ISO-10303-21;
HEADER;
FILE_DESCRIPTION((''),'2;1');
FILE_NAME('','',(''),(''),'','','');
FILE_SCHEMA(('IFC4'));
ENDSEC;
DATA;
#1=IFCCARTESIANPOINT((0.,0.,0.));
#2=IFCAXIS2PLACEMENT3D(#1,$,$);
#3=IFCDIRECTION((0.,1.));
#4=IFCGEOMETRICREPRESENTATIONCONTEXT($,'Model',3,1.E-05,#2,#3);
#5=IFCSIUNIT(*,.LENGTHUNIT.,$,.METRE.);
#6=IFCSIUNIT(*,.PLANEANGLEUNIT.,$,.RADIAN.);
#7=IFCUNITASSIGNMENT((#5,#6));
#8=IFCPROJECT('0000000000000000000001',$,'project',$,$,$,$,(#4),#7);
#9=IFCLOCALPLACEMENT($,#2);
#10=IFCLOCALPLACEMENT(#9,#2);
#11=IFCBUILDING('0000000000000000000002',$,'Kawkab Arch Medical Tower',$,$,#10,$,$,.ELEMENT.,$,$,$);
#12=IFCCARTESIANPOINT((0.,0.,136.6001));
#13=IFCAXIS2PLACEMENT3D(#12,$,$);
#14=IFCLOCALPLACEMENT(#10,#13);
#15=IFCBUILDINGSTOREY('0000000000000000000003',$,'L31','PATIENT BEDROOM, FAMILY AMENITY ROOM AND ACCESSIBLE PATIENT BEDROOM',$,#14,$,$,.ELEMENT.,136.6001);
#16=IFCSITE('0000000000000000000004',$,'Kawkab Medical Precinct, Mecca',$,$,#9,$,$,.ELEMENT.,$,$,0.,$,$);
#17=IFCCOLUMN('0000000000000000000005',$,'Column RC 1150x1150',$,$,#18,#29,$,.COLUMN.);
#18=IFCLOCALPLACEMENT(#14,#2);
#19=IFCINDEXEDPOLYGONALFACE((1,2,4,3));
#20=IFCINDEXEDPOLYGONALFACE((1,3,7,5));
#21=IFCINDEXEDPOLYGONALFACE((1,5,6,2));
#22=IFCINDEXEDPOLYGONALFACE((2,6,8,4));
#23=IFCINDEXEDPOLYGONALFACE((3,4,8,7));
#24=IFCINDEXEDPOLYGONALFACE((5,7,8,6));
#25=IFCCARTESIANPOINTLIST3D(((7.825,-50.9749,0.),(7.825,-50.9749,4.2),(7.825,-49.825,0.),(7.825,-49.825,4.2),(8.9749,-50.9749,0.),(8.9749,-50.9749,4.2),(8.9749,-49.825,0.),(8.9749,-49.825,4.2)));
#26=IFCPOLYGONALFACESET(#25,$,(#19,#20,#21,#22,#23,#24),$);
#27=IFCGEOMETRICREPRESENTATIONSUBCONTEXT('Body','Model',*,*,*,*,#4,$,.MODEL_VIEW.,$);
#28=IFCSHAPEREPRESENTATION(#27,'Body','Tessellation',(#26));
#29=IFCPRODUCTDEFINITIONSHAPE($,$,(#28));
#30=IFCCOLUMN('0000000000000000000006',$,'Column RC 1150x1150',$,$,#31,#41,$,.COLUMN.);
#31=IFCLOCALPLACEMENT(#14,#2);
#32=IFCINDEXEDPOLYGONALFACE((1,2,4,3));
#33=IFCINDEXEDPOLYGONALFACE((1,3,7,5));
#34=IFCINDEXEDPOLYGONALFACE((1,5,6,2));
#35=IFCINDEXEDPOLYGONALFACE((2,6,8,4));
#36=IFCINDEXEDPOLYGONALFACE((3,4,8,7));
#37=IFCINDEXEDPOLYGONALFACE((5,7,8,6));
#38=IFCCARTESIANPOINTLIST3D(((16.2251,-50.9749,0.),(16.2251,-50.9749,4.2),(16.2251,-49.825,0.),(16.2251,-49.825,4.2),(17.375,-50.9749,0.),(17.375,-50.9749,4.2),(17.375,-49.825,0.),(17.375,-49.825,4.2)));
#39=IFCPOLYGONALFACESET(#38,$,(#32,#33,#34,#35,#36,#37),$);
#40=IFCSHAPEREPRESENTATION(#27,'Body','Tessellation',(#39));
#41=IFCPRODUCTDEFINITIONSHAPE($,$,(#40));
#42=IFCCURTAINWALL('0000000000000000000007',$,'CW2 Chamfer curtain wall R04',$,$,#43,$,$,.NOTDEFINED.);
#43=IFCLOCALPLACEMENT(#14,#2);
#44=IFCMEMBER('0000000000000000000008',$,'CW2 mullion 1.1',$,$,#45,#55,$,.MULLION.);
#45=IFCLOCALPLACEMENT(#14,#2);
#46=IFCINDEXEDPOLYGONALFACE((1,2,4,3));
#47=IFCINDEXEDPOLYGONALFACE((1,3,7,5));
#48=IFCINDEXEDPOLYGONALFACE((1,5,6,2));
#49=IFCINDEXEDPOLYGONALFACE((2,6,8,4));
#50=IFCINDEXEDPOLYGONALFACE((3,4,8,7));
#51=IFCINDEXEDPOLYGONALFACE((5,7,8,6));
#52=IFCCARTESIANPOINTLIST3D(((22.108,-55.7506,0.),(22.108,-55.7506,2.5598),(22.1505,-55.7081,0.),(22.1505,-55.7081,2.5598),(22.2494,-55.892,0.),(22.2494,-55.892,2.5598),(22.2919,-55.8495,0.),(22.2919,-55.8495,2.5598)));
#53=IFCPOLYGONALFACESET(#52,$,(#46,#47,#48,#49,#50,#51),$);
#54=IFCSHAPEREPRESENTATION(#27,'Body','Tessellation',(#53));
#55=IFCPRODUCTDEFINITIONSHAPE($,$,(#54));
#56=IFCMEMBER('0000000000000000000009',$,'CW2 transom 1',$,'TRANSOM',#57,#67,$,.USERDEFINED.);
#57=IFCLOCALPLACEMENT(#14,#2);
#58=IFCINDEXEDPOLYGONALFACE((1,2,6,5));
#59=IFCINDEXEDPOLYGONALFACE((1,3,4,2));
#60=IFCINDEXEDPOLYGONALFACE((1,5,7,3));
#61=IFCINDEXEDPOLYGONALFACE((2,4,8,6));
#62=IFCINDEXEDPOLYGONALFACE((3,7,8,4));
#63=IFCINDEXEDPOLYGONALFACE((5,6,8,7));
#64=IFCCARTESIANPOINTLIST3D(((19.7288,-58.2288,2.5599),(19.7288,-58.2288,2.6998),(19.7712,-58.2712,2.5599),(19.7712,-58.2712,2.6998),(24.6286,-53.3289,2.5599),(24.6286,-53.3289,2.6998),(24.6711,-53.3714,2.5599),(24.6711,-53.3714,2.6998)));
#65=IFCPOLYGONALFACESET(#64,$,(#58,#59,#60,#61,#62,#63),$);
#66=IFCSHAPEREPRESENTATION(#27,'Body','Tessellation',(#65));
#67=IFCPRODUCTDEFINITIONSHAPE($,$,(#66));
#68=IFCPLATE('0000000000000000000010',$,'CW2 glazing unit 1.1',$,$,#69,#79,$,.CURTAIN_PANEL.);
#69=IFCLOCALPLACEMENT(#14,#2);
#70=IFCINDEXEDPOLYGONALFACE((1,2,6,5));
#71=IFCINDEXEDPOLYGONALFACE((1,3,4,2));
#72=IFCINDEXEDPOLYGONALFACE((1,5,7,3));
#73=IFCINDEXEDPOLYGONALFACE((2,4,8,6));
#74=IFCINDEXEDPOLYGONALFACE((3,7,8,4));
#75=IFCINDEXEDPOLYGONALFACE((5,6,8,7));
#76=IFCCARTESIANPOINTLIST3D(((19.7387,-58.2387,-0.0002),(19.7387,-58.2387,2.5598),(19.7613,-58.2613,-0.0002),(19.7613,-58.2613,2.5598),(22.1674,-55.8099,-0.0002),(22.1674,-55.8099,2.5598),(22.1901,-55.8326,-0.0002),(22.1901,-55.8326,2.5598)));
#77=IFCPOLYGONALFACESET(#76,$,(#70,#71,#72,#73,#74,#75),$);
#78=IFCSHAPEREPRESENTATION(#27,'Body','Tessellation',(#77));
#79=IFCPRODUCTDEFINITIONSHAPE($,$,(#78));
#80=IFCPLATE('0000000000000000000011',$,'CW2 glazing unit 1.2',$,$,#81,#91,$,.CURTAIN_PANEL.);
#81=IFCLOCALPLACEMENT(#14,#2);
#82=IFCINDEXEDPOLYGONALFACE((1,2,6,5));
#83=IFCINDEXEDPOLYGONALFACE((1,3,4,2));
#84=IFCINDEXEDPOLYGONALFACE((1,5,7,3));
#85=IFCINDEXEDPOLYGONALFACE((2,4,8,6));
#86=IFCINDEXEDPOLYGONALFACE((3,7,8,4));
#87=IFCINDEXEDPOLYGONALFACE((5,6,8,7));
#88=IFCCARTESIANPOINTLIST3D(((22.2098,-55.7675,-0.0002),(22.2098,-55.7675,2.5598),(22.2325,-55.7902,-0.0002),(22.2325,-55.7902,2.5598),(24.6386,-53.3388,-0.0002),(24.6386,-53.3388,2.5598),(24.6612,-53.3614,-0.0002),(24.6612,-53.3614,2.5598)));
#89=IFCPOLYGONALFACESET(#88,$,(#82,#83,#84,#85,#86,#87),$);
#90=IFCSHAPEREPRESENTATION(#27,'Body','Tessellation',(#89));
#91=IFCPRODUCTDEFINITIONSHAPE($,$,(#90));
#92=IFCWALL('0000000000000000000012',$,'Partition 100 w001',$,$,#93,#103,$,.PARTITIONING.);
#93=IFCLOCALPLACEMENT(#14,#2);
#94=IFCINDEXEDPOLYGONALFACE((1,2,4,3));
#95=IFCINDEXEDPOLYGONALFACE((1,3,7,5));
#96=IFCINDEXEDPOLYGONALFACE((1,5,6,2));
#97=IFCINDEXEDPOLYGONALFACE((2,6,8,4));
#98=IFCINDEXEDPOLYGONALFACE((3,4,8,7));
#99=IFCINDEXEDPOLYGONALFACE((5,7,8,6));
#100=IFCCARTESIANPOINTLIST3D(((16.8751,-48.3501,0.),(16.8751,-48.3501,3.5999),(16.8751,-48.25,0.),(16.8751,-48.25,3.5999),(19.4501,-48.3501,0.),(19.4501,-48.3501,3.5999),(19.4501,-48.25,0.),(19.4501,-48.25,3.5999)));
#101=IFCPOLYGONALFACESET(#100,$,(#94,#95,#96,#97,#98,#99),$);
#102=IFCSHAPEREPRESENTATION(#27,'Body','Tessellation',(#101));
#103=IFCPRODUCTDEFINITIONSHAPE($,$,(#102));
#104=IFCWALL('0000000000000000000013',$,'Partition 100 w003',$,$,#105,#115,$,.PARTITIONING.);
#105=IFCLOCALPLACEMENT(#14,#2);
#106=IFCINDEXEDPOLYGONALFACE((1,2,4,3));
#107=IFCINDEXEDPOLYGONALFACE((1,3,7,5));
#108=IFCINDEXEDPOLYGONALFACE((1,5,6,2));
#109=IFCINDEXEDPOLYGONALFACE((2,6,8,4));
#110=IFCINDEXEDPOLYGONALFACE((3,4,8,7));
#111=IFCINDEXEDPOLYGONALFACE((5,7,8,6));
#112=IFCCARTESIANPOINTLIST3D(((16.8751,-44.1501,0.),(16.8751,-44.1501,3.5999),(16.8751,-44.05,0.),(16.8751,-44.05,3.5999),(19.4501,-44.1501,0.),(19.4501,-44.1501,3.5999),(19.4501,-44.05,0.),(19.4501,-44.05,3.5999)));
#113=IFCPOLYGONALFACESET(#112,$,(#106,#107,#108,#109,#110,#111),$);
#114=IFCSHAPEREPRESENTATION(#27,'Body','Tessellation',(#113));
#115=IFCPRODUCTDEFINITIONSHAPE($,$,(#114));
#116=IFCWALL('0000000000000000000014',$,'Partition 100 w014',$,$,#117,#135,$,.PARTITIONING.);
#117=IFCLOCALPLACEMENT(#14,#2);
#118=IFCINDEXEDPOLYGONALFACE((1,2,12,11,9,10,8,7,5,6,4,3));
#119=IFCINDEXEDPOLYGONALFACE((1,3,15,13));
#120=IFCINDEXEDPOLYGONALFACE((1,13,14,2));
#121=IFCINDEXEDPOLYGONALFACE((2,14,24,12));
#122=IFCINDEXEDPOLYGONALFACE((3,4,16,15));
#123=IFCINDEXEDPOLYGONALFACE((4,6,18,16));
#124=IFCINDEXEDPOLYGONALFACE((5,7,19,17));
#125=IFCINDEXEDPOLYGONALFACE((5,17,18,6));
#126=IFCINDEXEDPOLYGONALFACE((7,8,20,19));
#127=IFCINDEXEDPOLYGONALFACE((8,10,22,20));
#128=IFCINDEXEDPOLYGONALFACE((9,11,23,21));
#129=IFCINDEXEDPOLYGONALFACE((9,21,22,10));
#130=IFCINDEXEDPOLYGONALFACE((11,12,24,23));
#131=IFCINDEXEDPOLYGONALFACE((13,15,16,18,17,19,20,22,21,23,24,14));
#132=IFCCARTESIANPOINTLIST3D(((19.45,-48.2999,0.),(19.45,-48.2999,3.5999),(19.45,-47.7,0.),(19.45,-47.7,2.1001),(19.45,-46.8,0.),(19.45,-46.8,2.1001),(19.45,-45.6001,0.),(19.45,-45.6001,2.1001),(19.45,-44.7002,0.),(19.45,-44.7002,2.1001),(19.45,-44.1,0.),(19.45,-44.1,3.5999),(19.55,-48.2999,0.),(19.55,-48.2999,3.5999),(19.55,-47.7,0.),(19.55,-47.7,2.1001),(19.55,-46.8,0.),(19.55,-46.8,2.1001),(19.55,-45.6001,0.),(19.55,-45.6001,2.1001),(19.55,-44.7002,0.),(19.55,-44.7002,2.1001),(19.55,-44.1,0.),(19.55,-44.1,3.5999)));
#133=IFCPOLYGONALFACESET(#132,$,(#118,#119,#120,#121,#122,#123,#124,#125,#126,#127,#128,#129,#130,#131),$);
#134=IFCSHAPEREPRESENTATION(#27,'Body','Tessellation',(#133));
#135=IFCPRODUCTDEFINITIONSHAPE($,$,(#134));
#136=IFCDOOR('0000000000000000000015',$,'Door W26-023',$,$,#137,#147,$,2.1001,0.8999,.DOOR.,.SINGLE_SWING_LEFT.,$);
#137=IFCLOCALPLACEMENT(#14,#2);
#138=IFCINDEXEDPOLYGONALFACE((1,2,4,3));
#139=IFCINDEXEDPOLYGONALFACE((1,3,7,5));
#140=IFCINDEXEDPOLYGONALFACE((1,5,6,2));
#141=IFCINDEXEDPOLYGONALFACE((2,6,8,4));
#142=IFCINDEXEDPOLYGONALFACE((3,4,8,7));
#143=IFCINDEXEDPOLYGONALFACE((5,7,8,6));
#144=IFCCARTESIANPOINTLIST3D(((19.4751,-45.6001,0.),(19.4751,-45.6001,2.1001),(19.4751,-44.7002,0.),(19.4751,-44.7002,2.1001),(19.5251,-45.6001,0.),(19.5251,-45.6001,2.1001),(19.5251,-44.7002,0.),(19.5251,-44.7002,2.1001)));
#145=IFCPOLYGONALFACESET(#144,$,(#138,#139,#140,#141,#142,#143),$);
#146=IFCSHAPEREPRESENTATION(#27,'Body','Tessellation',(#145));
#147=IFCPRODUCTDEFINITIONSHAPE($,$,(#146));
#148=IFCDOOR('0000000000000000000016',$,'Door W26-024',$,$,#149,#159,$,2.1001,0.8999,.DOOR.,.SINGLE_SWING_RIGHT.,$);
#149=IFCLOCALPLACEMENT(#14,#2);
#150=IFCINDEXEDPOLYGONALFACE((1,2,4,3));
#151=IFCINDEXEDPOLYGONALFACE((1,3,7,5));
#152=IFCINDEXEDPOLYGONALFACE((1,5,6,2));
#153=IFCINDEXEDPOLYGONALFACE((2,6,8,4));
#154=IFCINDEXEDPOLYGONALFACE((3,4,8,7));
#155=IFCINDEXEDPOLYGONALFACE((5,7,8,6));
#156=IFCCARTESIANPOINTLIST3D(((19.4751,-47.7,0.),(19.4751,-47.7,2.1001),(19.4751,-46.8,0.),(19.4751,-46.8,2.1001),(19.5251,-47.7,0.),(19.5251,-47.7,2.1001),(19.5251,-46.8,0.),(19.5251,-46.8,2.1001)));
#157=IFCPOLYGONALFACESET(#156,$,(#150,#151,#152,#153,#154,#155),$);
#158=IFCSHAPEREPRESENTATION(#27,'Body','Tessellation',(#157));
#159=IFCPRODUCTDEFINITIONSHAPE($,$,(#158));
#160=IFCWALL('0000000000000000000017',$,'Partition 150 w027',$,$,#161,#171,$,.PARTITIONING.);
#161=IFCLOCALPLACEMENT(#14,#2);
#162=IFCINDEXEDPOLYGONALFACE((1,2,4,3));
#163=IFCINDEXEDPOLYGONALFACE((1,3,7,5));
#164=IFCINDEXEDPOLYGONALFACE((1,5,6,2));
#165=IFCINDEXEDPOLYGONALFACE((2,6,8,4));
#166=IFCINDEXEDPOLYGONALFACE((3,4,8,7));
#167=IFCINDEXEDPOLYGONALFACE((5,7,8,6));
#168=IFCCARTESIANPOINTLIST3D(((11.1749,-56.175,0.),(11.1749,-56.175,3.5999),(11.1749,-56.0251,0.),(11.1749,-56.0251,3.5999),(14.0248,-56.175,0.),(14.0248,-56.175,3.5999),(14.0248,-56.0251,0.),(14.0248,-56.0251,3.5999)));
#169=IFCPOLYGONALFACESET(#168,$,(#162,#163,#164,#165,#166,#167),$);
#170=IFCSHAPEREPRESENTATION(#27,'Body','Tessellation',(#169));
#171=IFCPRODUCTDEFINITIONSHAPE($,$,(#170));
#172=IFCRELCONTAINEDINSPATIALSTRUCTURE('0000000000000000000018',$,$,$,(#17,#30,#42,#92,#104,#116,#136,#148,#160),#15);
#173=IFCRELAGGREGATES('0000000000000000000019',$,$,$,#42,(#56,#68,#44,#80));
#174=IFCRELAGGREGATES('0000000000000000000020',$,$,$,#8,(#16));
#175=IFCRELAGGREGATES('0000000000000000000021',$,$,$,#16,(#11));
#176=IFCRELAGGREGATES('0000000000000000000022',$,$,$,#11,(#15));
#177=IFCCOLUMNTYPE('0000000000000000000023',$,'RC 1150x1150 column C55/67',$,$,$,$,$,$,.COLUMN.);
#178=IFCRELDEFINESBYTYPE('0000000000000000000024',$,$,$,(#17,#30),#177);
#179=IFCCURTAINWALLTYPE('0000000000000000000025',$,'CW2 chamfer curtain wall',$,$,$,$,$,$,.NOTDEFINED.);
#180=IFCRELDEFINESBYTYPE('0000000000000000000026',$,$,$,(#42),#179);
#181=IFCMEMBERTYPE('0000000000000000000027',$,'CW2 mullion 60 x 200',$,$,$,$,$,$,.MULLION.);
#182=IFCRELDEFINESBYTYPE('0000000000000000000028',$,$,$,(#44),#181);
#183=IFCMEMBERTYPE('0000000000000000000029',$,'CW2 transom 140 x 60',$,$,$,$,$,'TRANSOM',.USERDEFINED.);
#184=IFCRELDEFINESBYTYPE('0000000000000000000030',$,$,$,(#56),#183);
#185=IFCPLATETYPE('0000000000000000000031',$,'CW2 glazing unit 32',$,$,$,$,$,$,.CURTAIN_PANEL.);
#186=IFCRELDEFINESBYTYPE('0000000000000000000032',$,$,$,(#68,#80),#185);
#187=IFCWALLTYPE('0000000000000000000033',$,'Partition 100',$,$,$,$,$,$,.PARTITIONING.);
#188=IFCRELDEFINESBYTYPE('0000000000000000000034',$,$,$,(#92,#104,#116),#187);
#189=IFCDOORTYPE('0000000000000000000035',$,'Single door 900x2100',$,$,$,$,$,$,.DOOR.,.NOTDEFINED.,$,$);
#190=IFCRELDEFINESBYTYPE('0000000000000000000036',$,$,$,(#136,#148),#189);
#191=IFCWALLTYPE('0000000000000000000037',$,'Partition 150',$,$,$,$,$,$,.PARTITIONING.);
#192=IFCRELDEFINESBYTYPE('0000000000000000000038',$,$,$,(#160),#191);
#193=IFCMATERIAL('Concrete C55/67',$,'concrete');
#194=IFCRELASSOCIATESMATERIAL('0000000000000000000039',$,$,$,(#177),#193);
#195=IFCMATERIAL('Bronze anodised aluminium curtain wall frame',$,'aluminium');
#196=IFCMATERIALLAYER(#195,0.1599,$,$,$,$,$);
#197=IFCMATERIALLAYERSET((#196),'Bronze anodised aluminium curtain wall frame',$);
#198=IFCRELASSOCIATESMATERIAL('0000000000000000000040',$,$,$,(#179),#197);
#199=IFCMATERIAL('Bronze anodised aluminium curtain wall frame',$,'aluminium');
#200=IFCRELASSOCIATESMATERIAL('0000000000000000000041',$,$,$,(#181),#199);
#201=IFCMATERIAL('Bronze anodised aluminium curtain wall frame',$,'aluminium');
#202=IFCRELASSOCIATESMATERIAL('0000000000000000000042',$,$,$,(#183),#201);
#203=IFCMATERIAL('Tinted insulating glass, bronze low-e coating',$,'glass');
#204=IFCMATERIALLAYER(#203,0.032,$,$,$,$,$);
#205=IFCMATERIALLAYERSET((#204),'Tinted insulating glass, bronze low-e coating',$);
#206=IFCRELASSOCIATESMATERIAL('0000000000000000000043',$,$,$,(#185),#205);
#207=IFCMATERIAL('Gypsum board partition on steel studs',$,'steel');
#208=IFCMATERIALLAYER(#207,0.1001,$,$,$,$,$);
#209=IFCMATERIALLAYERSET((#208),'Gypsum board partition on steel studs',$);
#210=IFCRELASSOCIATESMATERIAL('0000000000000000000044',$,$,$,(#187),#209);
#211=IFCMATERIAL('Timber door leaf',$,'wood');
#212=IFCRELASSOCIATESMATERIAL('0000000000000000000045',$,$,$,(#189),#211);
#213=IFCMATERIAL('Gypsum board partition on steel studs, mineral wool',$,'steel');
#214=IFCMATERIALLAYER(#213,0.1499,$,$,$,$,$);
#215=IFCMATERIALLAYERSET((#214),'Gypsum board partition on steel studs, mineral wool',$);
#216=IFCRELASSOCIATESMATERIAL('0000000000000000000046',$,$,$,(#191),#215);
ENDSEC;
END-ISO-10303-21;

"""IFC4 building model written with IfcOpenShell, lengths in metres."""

from ifc_helpers import new_model, si_unit, direction, frame, frame_2d, origin, origin_2d, place, context, subcontext, project, spatial, rectangle, extrude, material, layer, layer_set, material_profile, profile_set, type_object, element, fill, aggregate, save


model = new_model("IFC4")

# Units and contexts
model_context = context("Model", 3, precision=1e-05, world=origin(), true_north=direction((0.0, 1.0)))
body_context = subcontext(model_context, "Body", "Model", "MODEL_VIEW")
ifc_project = project(units=[si_unit("LENGTHUNIT", "METRE"), si_unit("PLANEANGLEUNIT", "RADIAN")], contexts=[model_context])

# Site, building, storey
site_placement = place(None, origin())
site = spatial("IfcSite", under=ifc_project, at=site_placement, Name="Kawkab Medical Precinct, Mecca", CompositionType="ELEMENT", RefElevation=0.0)
building_placement = place(site_placement, origin())
building = spatial("IfcBuilding", under=site, at=building_placement, Name="Kawkab Arch Medical Tower", CompositionType="ELEMENT")
storey_placement = place(building_placement, frame((0.0, 0.0, 136.6001)))
storey = spatial("IfcBuildingStorey", under=building, at=storey_placement, Name="L31", Description="PATIENT BEDROOM, FAMILY AMENITY ROOM AND ACCESSIBLE PATIENT BEDROOM", CompositionType="ELEMENT", Elevation=136.6001)

# Columns
ifc_material_1 = material(Name="Concrete C55/67", Category="concrete")
ifc_material_profile_1 = material_profile(ifc_material_1, rectangle(XDim=1.1499, YDim=1.1499, at=origin_2d()), Name="RC 1150x1150")
ifc_profile_set_1 = profile_set([ifc_material_profile_1], Name="Concrete C55/67")
column_type = type_object("IfcColumnType", Name="RC 1150x1150 column C55/67", PredefinedType="COLUMN", material=ifc_profile_set_1)
for number, where, z_axis, x_axis, name in (
    (1, (8.3999, -50.3999, 0.0), (0.0, 0.0, 1.0), (1.0, 0.0, 0.0), "Column RC 1150x1150"),
    (2, (16.8, -50.3999, 0.0), (0.0, 0.0, 1.0), (1.0, 0.0, 0.0), "Column RC 1150x1150"),
):
    element("IfcColumn", number, at=place(storey_placement, frame(where, z_axis=z_axis, x_axis=x_axis)), inside=storey, type_object=column_type, Name=name, PredefinedType="COLUMN", context=body_context, shape_type="SweptSolid", body=[
        extrude(rectangle(XDim=1.1499, YDim=1.1499, at=origin_2d()), origin(), (0.0, 0.0, 1.0), 4.2),
    ])

# Curtain wall, members, plates
ifc_material_2 = material(Name="Bronze anodised aluminium curtain wall frame", Category="aluminium")
ifc_layer_1 = layer(ifc_material_2, 0.1599)
ifc_layer_set_1 = layer_set([ifc_layer_1], Name="Bronze anodised aluminium curtain wall frame")
curtain_wall_type = type_object("IfcCurtainWallType", Name="CW2 chamfer curtain wall", PredefinedType="NOTDEFINED", material=ifc_layer_set_1)
curtain_wall_placement = place(storey_placement, origin())
curtain_wall = element("IfcCurtainWall", 3, at=curtain_wall_placement, inside=storey, type_object=curtain_wall_type, Name="CW2 Chamfer curtain wall R04", PredefinedType="NOTDEFINED")
ifc_material_3 = material(Name="Bronze anodised aluminium curtain wall frame", Category="aluminium")
ifc_material_profile_2 = material_profile(ifc_material_3, rectangle(XDim=0.2, YDim=0.0601, at=origin_2d()), Name="AL 60x200")
ifc_profile_set_2 = profile_set([ifc_material_profile_2], Name="Bronze anodised aluminium curtain wall frame")
member_type_1 = type_object("IfcMemberType", Name="CW2 mullion 60 x 200", PredefinedType="MULLION", material=ifc_profile_set_2)
member_1_placement = place(storey_placement, frame((22.2, -55.8, 0.0), z_axis=(0.0, 0.0, 1.0), x_axis=(-0.707107, 0.707107, 0.0)))
member_1 = element("IfcMember", 4, at=member_1_placement, type_object=member_type_1, Name="CW2 mullion 1.1", PredefinedType="MULLION", context=body_context, shape_type="SweptSolid", body=[
    extrude(rectangle(XDim=0.2, YDim=0.0601, at=origin_2d()), origin(), (0.0, 0.0, 1.0), 2.5598),
])
ifc_material_4 = material(Name="Bronze anodised aluminium curtain wall frame", Category="aluminium")
ifc_material_profile_3 = material_profile(ifc_material_4, rectangle(XDim=0.0601, YDim=0.1399, at=origin_2d()), Name="AL 60x140")
ifc_profile_set_3 = profile_set([ifc_material_profile_3], Name="Bronze anodised aluminium curtain wall frame")
member_type_2 = type_object("IfcMemberType", Name="CW2 transom 140 x 60", ElementType="TRANSOM", PredefinedType="USERDEFINED", material=ifc_profile_set_3)
member_2_placement = place(storey_placement, frame((19.75, -58.25, 2.6299), z_axis=(0.707107, 0.707107, 0.0), x_axis=(-0.707107, 0.707107, 0.0)))
member_2 = element("IfcMember", 5, at=member_2_placement, type_object=member_type_2, Name="CW2 transom 1", ObjectType="TRANSOM", PredefinedType="USERDEFINED", context=body_context, shape_type="SweptSolid", body=[
    extrude(rectangle(XDim=0.0601, YDim=0.1399, at=origin_2d()), origin(), (0.0, 0.0, 1.0), 6.9294),
])
ifc_material_5 = material(Name="Tinted insulating glass, bronze low-e coating", Category="glass")
ifc_layer_2 = layer(ifc_material_5, 0.032)
ifc_layer_set_2 = layer_set([ifc_layer_2], Name="Tinted insulating glass, bronze low-e coating")
plate_type = type_object("IfcPlateType", Name="CW2 glazing unit 32", PredefinedType="CURTAIN_PANEL", material=ifc_layer_set_2)
plate_1_placement = place(storey_placement, frame((20.9644, -57.0356, -0.0002), z_axis=(0.0, 0.0, 1.0), x_axis=(0.707107, 0.707107, 0.0)))
plate_1 = element("IfcPlate", 6, at=plate_1_placement, type_object=plate_type, Name="CW2 glazing unit 1.1", PredefinedType="CURTAIN_PANEL", context=body_context, shape_type="SweptSolid", body=[
    extrude(rectangle(XDim=3.4348, YDim=0.032, at=origin_2d()), origin(), (0.0, 0.0, 1.0), 2.5601),
])
plate_2_placement = place(storey_placement, frame((23.4355, -54.5645, -0.0002), z_axis=(0.0, 0.0, 1.0), x_axis=(0.707107, 0.707107, 0.0)))
plate_2 = element("IfcPlate", 7, at=plate_2_placement, type_object=plate_type, Name="CW2 glazing unit 1.2", PredefinedType="CURTAIN_PANEL", context=body_context, shape_type="SweptSolid", body=[
    extrude(rectangle(XDim=3.4348, YDim=0.032, at=origin_2d()), origin(), (0.0, 0.0, 1.0), 2.5601),
])
aggregate(curtain_wall, [member_2, plate_1, member_1, plate_2])

# Walls
ifc_material_6 = material(Name="Gypsum board partition on steel studs", Category="steel")
ifc_layer_3 = layer(ifc_material_6, 0.1001)
ifc_layer_set_3 = layer_set([ifc_layer_3], Name="Gypsum board partition on steel studs")
wall_type_1 = type_object("IfcWallType", Name="Partition 100", PredefinedType="PARTITIONING", material=ifc_layer_set_3)
for number, where, z_axis, x_axis, name in (
    (8, (16.875, -48.3, 0.0), (0.0, 0.0, 1.0), (1.0, 0.0, 0.0), "Partition 100 w001"),
    (9, (16.875, -44.1001, 0.0), (0.0, 0.0, 1.0), (1.0, 0.0, 0.0), "Partition 100 w003"),
):
    element("IfcWall", number, at=place(storey_placement, frame(where, z_axis=z_axis, x_axis=x_axis)), inside=storey, type_object=wall_type_1, Name=name, PredefinedType="PARTITIONING", context=body_context, shape_type="SweptSolid", body=[
        extrude(rectangle(XDim=2.575, YDim=0.1001, at=frame_2d((1.2876, 0.0))), origin(), (0.0, 0.0, 1.0), 3.5999),
    ])

# Wall, openings, doors
wall_1_placement = place(storey_placement, frame((19.5, -48.3, 0.0), z_axis=(0.0, 0.0, 1.0), x_axis=(0.0, 1.0, 0.0)))
wall_1 = element("IfcWall", 10, at=wall_1_placement, inside=storey, type_object=wall_type_1, Name="Partition 100 w014", PredefinedType="PARTITIONING", context=body_context, shape_type="SweptSolid", body=[
    extrude(rectangle(XDim=4.2, YDim=0.1001, at=frame_2d((2.1001, 0.0))), origin(), (0.0, 0.0, 1.0), 3.5999),
])
opening_1_placement = place(wall_1_placement, frame((2.7, 0.0, 0.0)))
opening_1 = element("IfcOpeningElement", 11, at=opening_1_placement, cuts=wall_1, PredefinedType="OPENING", context=body_context, shape_type="SweptSolid", body=[
    extrude(rectangle(XDim=0.8999, YDim=2.1001, at=frame_2d((0.45, 1.05))), frame((0.0, 0.0601, 0.0), z_axis=(0.0, -1.0, 0.0), x_axis=(1.0, 0.0, 0.0)), (0.0, 0.0, 1.0), 0.1201),
])
opening_2_placement = place(wall_1_placement, frame((0.6001, 0.0, 0.0)))
opening_2 = element("IfcOpeningElement", 12, at=opening_2_placement, cuts=wall_1, PredefinedType="OPENING", context=body_context, shape_type="SweptSolid", body=[
    extrude(rectangle(XDim=0.8999, YDim=2.1001, at=frame_2d((0.45, 1.05))), frame((0.0, 0.0601, 0.0), z_axis=(0.0, -1.0, 0.0), x_axis=(1.0, 0.0, 0.0)), (0.0, 0.0, 1.0), 0.1201),
])
ifc_material_7 = material(Name="Timber door leaf", Category="wood")
door_type_1 = type_object("IfcDoorType", Name="Single door 900x2100", OperationType="NOTDEFINED", PredefinedType="DOOR", material=ifc_material_7)
door_1_placement = place(opening_1_placement, origin())
door_1 = element("IfcDoor", 13, at=door_1_placement, inside=storey, type_object=door_type_1, Name="Door W26-023", OperationType="SINGLE_SWING_LEFT", OverallHeight=2.1001, OverallWidth=0.8999, PredefinedType="DOOR", context=body_context, shape_type="SweptSolid", body=[
    extrude(rectangle(XDim=0.8999, YDim=2.1001, at=frame_2d((0.45, 1.05))), frame((0.0, 0.0249, 0.0), z_axis=(0.0, -1.0, 0.0), x_axis=(1.0, 0.0, 0.0)), (0.0, 0.0, 1.0), 0.05),
])
fill(opening_1, door_1)
door_2_placement = place(opening_2_placement, origin())
door_2 = element("IfcDoor", 14, at=door_2_placement, inside=storey, type_object=door_type_1, Name="Door W26-024", OperationType="SINGLE_SWING_RIGHT", OverallHeight=2.1001, OverallWidth=0.8999, PredefinedType="DOOR", context=body_context, shape_type="SweptSolid", body=[
    extrude(rectangle(XDim=0.8999, YDim=2.1001, at=frame_2d((0.45, 1.05))), frame((0.0, 0.0249, 0.0), z_axis=(0.0, -1.0, 0.0), x_axis=(1.0, 0.0, 0.0)), (0.0, 0.0, 1.0), 0.05),
])
fill(opening_2, door_2)

# Wall
ifc_material_8 = material(Name="Gypsum board partition on steel studs, mineral wool", Category="steel")
ifc_layer_4 = layer(ifc_material_8, 0.1499)
ifc_layer_set_4 = layer_set([ifc_layer_4], Name="Gypsum board partition on steel studs, mineral wool")
wall_type_2 = type_object("IfcWallType", Name="Partition 150", PredefinedType="PARTITIONING", material=ifc_layer_set_4)
wall_2_placement = place(storey_placement, frame((11.175, -56.1001, 0.0), z_axis=(0.0, 0.0, 1.0), x_axis=(1.0, 0.0, 0.0)))
element("IfcWall", 15, at=wall_2_placement, inside=storey, type_object=wall_type_2, Name="Partition 150 w027", PredefinedType="PARTITIONING", context=body_context, shape_type="SweptSolid", body=[
    extrude(rectangle(XDim=2.8499, YDim=0.1499, at=frame_2d((1.4248, 0.0))), origin(), (0.0, 0.0, 1.0), 3.5999),
])

save(model, "model.ifc")
